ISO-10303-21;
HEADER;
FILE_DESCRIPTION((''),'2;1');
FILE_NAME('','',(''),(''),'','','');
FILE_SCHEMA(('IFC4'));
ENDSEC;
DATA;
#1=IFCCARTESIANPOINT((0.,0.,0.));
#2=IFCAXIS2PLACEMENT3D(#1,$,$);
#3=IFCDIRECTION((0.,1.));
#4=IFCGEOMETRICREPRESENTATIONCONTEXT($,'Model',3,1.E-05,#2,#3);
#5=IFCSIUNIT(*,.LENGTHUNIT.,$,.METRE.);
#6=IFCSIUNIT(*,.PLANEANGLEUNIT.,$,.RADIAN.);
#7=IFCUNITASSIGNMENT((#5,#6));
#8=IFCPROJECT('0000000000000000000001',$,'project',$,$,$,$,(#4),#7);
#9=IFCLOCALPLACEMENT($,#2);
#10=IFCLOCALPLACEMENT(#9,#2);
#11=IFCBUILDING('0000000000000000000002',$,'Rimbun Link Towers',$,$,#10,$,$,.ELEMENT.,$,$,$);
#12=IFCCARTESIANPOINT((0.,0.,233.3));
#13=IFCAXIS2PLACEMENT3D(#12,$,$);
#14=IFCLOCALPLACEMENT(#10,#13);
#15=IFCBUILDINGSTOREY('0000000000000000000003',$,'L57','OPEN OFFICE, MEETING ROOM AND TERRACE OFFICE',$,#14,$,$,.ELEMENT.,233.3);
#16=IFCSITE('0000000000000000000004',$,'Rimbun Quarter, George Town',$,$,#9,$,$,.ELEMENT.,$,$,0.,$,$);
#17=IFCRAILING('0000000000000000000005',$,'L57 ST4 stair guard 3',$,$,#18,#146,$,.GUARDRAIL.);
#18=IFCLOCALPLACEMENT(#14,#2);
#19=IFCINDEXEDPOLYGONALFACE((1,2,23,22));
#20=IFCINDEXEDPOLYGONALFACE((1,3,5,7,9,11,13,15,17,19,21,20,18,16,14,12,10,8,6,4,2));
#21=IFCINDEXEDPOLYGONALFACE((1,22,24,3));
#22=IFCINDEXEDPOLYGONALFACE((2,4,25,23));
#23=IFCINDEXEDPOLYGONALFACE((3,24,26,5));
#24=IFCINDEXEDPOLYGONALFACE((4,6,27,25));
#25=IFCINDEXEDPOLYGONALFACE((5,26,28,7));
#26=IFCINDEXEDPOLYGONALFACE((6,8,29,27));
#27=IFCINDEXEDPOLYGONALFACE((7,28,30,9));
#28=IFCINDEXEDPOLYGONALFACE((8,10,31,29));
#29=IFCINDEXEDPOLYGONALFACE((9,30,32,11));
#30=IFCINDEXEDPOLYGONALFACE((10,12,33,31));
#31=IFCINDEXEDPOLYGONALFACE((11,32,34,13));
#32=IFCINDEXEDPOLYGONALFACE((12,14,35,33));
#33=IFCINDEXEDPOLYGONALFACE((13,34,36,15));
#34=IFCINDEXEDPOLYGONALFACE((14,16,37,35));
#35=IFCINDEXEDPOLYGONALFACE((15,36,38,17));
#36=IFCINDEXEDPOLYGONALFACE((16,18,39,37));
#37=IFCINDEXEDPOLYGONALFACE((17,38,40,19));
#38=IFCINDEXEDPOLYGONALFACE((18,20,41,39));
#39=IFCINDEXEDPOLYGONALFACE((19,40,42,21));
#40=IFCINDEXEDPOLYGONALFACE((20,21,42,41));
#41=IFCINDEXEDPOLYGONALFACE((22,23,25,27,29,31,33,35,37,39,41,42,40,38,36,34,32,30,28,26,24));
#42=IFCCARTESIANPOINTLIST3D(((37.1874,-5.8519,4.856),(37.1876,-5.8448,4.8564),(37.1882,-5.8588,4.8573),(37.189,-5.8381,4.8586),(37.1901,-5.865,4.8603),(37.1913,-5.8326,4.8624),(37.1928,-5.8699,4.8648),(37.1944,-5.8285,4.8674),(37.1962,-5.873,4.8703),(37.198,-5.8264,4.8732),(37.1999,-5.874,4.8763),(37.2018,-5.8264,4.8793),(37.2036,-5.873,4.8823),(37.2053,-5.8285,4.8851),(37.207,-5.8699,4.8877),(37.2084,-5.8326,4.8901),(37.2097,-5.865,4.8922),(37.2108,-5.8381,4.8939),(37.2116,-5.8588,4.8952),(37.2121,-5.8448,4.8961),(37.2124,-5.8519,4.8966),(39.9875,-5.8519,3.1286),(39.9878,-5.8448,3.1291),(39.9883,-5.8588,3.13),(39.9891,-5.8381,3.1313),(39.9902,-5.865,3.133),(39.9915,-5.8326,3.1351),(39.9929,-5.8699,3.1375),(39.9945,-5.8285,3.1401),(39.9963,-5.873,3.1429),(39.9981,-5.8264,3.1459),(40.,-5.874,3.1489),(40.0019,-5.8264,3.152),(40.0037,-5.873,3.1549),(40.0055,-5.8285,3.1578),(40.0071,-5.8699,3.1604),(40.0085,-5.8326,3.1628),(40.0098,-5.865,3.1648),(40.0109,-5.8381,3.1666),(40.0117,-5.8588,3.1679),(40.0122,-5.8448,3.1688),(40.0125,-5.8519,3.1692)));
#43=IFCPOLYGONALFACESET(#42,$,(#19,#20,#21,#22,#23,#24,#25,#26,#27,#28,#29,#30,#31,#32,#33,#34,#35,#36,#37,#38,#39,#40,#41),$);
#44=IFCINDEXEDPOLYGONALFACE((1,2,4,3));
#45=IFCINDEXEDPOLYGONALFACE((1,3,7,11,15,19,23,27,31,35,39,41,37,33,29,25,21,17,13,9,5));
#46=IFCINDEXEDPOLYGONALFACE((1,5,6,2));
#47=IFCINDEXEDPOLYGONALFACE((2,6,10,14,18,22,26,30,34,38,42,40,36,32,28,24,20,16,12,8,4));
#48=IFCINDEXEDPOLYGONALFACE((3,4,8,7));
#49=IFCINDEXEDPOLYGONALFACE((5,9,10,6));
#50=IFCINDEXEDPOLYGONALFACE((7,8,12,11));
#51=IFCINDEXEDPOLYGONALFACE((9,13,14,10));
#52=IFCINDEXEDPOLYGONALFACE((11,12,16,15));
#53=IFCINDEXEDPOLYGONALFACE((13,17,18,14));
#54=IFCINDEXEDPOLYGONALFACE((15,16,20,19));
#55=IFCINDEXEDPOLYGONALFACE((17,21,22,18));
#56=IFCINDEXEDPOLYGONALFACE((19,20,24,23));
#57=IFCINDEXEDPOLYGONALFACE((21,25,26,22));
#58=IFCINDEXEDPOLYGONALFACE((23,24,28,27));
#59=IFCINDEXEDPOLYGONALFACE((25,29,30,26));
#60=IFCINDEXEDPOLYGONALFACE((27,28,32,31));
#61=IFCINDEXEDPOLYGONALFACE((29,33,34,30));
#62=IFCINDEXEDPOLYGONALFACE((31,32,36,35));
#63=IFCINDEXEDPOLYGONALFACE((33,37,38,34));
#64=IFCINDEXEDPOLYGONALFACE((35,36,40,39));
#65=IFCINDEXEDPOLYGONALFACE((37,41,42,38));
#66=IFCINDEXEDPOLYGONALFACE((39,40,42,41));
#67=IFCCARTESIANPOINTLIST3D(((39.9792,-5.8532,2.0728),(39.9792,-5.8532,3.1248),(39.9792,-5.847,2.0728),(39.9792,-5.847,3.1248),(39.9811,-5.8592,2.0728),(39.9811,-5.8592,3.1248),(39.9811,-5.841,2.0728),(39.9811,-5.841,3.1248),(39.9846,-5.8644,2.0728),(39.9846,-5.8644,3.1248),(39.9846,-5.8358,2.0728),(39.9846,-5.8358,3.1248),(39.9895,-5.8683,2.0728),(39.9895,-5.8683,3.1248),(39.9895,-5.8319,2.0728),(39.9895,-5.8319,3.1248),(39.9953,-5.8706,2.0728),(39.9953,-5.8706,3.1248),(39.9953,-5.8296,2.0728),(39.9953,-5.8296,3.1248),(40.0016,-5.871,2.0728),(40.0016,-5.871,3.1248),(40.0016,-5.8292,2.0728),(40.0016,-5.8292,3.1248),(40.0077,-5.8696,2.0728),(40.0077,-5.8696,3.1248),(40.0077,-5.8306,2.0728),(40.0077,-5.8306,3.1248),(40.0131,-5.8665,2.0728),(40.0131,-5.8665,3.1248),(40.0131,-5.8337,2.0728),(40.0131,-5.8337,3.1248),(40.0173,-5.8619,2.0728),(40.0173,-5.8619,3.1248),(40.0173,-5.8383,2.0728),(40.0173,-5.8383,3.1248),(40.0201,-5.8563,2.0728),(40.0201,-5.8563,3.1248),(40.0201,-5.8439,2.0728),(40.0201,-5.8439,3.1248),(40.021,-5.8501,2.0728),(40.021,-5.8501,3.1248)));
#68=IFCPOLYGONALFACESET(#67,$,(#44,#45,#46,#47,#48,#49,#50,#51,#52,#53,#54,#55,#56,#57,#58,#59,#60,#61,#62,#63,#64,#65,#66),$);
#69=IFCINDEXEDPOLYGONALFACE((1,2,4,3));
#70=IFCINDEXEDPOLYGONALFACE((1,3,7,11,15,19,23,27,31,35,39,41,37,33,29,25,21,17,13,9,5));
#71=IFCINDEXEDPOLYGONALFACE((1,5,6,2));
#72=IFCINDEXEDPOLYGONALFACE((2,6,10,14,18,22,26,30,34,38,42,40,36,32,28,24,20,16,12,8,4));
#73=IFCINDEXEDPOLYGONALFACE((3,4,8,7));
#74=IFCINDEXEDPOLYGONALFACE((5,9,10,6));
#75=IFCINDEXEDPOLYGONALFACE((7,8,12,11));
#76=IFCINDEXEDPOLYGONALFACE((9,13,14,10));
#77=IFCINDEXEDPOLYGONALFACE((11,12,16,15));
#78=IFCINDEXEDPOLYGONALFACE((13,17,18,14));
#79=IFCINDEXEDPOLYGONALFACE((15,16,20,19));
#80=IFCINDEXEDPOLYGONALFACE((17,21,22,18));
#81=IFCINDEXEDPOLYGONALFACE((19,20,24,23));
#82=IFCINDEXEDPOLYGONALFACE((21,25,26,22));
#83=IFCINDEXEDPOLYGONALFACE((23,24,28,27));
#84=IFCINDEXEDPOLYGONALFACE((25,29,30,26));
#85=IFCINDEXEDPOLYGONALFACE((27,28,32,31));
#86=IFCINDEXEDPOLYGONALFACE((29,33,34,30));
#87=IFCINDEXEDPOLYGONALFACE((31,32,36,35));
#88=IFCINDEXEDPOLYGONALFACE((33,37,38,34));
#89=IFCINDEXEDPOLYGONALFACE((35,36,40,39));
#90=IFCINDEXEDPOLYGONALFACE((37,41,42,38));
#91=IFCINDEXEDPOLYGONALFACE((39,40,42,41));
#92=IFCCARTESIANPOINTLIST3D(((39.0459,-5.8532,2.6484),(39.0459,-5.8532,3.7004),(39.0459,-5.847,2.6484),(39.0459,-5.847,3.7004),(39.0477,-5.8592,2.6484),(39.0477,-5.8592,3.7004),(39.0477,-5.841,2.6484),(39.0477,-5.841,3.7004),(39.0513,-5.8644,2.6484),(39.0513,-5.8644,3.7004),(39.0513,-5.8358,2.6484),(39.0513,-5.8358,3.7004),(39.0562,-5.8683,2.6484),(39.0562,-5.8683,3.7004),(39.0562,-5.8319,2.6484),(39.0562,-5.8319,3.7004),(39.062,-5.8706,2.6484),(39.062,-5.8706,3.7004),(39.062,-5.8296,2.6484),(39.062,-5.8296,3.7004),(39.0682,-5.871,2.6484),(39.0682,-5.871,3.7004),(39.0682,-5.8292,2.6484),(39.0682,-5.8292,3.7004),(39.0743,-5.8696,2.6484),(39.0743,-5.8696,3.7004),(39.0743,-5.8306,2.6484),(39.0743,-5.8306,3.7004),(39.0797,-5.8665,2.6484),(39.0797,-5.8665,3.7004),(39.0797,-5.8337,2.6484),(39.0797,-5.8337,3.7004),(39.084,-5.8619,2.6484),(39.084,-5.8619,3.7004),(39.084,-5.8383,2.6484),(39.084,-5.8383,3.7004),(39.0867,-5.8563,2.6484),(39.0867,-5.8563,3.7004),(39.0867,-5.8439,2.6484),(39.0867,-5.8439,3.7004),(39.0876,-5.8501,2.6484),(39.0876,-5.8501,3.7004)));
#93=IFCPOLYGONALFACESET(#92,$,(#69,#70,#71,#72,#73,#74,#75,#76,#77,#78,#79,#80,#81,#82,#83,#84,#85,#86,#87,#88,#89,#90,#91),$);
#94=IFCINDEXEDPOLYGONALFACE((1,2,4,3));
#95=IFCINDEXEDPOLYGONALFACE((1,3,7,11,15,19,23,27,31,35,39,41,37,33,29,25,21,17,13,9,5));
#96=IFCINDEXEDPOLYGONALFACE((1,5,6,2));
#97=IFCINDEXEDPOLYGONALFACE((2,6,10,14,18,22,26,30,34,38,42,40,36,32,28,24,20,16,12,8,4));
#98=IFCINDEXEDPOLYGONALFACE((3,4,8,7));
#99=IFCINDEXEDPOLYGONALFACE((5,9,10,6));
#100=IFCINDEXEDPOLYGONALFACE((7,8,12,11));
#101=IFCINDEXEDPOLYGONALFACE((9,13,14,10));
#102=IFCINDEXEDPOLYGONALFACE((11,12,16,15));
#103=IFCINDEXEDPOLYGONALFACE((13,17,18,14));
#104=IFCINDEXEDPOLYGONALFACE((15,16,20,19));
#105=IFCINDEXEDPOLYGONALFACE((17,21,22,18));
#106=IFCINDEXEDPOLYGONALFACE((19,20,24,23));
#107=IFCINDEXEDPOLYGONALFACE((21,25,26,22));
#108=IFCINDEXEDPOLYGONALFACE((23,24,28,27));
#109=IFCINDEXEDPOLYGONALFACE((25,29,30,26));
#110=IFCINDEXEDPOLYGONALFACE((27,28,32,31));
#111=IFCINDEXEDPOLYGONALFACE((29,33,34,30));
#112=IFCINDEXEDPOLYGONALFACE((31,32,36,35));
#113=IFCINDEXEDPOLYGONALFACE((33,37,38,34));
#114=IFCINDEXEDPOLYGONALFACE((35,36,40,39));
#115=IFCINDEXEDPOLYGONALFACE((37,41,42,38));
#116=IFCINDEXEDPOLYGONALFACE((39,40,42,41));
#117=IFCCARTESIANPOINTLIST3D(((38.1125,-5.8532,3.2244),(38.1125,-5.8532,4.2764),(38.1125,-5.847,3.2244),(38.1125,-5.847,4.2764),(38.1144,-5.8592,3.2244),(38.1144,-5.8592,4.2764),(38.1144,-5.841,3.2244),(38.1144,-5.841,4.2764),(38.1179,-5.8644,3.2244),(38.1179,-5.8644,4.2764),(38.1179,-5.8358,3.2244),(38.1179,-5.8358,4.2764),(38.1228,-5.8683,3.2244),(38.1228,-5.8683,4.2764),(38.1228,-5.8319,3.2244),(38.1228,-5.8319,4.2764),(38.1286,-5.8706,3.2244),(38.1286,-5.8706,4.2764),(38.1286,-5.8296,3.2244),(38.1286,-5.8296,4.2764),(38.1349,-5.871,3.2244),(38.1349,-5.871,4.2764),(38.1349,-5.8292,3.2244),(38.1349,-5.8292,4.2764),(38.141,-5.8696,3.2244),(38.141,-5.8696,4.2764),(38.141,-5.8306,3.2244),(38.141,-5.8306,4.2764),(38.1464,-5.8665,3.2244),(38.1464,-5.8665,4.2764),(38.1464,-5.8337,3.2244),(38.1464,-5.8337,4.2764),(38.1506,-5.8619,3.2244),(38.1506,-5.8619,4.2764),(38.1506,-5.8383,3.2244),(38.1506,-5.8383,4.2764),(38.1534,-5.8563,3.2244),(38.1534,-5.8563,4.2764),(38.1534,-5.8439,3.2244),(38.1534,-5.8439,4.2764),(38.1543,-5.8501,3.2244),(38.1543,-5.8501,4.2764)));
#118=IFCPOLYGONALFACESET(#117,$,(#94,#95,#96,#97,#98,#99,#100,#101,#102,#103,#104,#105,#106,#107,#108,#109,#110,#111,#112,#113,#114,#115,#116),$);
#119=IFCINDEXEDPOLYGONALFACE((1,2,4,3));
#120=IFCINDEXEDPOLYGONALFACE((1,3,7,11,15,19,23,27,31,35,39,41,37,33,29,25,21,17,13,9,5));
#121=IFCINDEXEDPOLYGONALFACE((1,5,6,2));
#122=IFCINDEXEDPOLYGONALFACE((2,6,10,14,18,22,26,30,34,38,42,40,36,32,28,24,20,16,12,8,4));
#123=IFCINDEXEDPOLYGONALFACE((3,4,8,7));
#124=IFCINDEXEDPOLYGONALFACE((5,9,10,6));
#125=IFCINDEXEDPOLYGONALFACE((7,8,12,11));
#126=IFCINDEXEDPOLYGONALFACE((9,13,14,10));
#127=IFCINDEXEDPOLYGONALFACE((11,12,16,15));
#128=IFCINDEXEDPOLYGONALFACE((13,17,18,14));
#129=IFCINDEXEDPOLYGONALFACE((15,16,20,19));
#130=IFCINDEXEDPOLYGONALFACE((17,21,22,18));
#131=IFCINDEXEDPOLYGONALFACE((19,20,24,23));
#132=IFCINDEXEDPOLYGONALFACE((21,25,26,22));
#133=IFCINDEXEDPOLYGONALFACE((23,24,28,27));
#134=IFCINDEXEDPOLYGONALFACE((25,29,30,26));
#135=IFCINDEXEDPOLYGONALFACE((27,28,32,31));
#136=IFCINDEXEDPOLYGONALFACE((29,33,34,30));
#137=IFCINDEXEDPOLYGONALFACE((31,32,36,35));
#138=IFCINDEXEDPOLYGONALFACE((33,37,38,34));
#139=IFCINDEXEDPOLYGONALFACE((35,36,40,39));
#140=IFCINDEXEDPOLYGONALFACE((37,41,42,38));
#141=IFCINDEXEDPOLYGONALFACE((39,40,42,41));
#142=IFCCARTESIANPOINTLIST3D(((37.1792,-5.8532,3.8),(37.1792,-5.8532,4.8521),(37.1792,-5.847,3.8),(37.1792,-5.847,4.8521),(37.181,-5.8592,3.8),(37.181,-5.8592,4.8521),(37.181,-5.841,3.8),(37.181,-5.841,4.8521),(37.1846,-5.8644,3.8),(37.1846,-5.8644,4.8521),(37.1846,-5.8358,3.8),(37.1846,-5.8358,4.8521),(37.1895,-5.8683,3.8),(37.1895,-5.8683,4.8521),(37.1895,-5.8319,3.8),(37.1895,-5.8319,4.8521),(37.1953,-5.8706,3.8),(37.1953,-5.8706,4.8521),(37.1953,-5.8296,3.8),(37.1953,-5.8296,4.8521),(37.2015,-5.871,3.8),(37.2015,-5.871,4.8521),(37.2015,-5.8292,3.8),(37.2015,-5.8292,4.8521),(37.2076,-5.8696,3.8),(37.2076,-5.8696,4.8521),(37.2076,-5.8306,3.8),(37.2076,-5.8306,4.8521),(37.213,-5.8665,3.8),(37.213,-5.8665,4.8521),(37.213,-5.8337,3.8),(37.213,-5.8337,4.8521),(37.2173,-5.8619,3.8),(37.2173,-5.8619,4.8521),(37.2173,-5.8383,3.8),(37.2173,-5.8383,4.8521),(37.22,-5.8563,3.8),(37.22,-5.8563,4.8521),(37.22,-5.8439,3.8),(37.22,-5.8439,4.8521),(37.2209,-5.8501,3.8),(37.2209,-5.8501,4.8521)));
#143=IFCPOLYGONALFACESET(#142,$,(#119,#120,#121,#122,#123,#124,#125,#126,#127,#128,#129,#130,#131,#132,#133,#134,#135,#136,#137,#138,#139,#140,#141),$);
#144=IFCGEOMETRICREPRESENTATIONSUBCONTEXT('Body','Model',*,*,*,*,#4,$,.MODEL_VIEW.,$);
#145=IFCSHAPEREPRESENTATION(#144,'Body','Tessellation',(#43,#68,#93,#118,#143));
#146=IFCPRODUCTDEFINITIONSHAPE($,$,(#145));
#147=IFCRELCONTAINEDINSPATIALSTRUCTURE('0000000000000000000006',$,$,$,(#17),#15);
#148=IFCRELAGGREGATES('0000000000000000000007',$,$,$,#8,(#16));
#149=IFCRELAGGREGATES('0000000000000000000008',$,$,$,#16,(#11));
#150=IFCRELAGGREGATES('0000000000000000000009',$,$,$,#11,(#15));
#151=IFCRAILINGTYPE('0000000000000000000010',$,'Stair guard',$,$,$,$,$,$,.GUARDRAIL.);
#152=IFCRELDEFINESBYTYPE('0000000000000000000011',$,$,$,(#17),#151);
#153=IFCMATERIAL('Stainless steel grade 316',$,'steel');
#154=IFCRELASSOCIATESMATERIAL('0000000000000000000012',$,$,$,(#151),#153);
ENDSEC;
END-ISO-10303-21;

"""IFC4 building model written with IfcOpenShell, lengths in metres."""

from ifc_helpers import new_model, si_unit, direction, frame, origin, origin_2d, place, context, subcontext, project, spatial, circle, extrude, material, type_object, element, save


model = new_model("IFC4")

# Units and contexts
model_context = context("Model", 3, precision=1e-05, world=origin(), true_north=direction((0.0, 1.0)))
body_context = subcontext(model_context, "Body", "Model", "MODEL_VIEW")
ifc_project = project(units=[si_unit("LENGTHUNIT", "METRE"), si_unit("PLANEANGLEUNIT", "RADIAN")], contexts=[model_context])

# Site, building, storey
site_placement = place(None, origin())
site = spatial("IfcSite", under=ifc_project, at=site_placement, Name="Rimbun Quarter, George Town", CompositionType="ELEMENT", RefElevation=0.0)
building_placement = place(site_placement, origin())
building = spatial("IfcBuilding", under=site, at=building_placement, Name="Rimbun Link Towers", CompositionType="ELEMENT")
storey_placement = place(building_placement, frame((0.0, 0.0, 233.3)))
storey = spatial("IfcBuildingStorey", under=building, at=storey_placement, Name="L57", Description="OPEN OFFICE, MEETING ROOM AND TERRACE OFFICE", CompositionType="ELEMENT", Elevation=233.3)

# Railing
ifc_material_1 = material(Name="Stainless steel grade 316", Category="steel")
railing_type_1 = type_object("IfcRailingType", Name="Stair guard", PredefinedType="GUARDRAIL", material=ifc_material_1)
railing_1_placement = place(storey_placement, frame((40.0, -5.8501, 2.0728)))
element("IfcRailing", 1, at=railing_1_placement, inside=storey, type_object=railing_type_1, Name="L57 ST4 stair guard 3", PredefinedType="GUARDRAIL", context=body_context, shape_type="SweptSolid", body=[
    extrude(circle(Radius=0.0239, at=origin_2d()), frame((0.0, 0.0, 1.0762), z_axis=(-0.85109, 0.0, 0.52502), x_axis=(0.0, -1.0, 0.0)), (0.0, 0.0, 1.0), 3.29),
    extrude(circle(Radius=0.021, at=origin_2d()), origin(), (0.0, 0.0, 1.0), 1.052),
    extrude(circle(Radius=0.021, at=origin_2d()), frame((-0.9333, 0.0, 0.5757)), (0.0, 0.0, 1.0), 1.052),
    extrude(circle(Radius=0.021, at=origin_2d()), frame((-1.8667, 0.0, 1.1516)), (0.0, 0.0, 1.0), 1.052),
    extrude(circle(Radius=0.021, at=origin_2d()), frame((-2.8, 0.0, 1.7273)), (0.0, 0.0, 1.0), 1.052),
])

save(model, "model.ifc")
